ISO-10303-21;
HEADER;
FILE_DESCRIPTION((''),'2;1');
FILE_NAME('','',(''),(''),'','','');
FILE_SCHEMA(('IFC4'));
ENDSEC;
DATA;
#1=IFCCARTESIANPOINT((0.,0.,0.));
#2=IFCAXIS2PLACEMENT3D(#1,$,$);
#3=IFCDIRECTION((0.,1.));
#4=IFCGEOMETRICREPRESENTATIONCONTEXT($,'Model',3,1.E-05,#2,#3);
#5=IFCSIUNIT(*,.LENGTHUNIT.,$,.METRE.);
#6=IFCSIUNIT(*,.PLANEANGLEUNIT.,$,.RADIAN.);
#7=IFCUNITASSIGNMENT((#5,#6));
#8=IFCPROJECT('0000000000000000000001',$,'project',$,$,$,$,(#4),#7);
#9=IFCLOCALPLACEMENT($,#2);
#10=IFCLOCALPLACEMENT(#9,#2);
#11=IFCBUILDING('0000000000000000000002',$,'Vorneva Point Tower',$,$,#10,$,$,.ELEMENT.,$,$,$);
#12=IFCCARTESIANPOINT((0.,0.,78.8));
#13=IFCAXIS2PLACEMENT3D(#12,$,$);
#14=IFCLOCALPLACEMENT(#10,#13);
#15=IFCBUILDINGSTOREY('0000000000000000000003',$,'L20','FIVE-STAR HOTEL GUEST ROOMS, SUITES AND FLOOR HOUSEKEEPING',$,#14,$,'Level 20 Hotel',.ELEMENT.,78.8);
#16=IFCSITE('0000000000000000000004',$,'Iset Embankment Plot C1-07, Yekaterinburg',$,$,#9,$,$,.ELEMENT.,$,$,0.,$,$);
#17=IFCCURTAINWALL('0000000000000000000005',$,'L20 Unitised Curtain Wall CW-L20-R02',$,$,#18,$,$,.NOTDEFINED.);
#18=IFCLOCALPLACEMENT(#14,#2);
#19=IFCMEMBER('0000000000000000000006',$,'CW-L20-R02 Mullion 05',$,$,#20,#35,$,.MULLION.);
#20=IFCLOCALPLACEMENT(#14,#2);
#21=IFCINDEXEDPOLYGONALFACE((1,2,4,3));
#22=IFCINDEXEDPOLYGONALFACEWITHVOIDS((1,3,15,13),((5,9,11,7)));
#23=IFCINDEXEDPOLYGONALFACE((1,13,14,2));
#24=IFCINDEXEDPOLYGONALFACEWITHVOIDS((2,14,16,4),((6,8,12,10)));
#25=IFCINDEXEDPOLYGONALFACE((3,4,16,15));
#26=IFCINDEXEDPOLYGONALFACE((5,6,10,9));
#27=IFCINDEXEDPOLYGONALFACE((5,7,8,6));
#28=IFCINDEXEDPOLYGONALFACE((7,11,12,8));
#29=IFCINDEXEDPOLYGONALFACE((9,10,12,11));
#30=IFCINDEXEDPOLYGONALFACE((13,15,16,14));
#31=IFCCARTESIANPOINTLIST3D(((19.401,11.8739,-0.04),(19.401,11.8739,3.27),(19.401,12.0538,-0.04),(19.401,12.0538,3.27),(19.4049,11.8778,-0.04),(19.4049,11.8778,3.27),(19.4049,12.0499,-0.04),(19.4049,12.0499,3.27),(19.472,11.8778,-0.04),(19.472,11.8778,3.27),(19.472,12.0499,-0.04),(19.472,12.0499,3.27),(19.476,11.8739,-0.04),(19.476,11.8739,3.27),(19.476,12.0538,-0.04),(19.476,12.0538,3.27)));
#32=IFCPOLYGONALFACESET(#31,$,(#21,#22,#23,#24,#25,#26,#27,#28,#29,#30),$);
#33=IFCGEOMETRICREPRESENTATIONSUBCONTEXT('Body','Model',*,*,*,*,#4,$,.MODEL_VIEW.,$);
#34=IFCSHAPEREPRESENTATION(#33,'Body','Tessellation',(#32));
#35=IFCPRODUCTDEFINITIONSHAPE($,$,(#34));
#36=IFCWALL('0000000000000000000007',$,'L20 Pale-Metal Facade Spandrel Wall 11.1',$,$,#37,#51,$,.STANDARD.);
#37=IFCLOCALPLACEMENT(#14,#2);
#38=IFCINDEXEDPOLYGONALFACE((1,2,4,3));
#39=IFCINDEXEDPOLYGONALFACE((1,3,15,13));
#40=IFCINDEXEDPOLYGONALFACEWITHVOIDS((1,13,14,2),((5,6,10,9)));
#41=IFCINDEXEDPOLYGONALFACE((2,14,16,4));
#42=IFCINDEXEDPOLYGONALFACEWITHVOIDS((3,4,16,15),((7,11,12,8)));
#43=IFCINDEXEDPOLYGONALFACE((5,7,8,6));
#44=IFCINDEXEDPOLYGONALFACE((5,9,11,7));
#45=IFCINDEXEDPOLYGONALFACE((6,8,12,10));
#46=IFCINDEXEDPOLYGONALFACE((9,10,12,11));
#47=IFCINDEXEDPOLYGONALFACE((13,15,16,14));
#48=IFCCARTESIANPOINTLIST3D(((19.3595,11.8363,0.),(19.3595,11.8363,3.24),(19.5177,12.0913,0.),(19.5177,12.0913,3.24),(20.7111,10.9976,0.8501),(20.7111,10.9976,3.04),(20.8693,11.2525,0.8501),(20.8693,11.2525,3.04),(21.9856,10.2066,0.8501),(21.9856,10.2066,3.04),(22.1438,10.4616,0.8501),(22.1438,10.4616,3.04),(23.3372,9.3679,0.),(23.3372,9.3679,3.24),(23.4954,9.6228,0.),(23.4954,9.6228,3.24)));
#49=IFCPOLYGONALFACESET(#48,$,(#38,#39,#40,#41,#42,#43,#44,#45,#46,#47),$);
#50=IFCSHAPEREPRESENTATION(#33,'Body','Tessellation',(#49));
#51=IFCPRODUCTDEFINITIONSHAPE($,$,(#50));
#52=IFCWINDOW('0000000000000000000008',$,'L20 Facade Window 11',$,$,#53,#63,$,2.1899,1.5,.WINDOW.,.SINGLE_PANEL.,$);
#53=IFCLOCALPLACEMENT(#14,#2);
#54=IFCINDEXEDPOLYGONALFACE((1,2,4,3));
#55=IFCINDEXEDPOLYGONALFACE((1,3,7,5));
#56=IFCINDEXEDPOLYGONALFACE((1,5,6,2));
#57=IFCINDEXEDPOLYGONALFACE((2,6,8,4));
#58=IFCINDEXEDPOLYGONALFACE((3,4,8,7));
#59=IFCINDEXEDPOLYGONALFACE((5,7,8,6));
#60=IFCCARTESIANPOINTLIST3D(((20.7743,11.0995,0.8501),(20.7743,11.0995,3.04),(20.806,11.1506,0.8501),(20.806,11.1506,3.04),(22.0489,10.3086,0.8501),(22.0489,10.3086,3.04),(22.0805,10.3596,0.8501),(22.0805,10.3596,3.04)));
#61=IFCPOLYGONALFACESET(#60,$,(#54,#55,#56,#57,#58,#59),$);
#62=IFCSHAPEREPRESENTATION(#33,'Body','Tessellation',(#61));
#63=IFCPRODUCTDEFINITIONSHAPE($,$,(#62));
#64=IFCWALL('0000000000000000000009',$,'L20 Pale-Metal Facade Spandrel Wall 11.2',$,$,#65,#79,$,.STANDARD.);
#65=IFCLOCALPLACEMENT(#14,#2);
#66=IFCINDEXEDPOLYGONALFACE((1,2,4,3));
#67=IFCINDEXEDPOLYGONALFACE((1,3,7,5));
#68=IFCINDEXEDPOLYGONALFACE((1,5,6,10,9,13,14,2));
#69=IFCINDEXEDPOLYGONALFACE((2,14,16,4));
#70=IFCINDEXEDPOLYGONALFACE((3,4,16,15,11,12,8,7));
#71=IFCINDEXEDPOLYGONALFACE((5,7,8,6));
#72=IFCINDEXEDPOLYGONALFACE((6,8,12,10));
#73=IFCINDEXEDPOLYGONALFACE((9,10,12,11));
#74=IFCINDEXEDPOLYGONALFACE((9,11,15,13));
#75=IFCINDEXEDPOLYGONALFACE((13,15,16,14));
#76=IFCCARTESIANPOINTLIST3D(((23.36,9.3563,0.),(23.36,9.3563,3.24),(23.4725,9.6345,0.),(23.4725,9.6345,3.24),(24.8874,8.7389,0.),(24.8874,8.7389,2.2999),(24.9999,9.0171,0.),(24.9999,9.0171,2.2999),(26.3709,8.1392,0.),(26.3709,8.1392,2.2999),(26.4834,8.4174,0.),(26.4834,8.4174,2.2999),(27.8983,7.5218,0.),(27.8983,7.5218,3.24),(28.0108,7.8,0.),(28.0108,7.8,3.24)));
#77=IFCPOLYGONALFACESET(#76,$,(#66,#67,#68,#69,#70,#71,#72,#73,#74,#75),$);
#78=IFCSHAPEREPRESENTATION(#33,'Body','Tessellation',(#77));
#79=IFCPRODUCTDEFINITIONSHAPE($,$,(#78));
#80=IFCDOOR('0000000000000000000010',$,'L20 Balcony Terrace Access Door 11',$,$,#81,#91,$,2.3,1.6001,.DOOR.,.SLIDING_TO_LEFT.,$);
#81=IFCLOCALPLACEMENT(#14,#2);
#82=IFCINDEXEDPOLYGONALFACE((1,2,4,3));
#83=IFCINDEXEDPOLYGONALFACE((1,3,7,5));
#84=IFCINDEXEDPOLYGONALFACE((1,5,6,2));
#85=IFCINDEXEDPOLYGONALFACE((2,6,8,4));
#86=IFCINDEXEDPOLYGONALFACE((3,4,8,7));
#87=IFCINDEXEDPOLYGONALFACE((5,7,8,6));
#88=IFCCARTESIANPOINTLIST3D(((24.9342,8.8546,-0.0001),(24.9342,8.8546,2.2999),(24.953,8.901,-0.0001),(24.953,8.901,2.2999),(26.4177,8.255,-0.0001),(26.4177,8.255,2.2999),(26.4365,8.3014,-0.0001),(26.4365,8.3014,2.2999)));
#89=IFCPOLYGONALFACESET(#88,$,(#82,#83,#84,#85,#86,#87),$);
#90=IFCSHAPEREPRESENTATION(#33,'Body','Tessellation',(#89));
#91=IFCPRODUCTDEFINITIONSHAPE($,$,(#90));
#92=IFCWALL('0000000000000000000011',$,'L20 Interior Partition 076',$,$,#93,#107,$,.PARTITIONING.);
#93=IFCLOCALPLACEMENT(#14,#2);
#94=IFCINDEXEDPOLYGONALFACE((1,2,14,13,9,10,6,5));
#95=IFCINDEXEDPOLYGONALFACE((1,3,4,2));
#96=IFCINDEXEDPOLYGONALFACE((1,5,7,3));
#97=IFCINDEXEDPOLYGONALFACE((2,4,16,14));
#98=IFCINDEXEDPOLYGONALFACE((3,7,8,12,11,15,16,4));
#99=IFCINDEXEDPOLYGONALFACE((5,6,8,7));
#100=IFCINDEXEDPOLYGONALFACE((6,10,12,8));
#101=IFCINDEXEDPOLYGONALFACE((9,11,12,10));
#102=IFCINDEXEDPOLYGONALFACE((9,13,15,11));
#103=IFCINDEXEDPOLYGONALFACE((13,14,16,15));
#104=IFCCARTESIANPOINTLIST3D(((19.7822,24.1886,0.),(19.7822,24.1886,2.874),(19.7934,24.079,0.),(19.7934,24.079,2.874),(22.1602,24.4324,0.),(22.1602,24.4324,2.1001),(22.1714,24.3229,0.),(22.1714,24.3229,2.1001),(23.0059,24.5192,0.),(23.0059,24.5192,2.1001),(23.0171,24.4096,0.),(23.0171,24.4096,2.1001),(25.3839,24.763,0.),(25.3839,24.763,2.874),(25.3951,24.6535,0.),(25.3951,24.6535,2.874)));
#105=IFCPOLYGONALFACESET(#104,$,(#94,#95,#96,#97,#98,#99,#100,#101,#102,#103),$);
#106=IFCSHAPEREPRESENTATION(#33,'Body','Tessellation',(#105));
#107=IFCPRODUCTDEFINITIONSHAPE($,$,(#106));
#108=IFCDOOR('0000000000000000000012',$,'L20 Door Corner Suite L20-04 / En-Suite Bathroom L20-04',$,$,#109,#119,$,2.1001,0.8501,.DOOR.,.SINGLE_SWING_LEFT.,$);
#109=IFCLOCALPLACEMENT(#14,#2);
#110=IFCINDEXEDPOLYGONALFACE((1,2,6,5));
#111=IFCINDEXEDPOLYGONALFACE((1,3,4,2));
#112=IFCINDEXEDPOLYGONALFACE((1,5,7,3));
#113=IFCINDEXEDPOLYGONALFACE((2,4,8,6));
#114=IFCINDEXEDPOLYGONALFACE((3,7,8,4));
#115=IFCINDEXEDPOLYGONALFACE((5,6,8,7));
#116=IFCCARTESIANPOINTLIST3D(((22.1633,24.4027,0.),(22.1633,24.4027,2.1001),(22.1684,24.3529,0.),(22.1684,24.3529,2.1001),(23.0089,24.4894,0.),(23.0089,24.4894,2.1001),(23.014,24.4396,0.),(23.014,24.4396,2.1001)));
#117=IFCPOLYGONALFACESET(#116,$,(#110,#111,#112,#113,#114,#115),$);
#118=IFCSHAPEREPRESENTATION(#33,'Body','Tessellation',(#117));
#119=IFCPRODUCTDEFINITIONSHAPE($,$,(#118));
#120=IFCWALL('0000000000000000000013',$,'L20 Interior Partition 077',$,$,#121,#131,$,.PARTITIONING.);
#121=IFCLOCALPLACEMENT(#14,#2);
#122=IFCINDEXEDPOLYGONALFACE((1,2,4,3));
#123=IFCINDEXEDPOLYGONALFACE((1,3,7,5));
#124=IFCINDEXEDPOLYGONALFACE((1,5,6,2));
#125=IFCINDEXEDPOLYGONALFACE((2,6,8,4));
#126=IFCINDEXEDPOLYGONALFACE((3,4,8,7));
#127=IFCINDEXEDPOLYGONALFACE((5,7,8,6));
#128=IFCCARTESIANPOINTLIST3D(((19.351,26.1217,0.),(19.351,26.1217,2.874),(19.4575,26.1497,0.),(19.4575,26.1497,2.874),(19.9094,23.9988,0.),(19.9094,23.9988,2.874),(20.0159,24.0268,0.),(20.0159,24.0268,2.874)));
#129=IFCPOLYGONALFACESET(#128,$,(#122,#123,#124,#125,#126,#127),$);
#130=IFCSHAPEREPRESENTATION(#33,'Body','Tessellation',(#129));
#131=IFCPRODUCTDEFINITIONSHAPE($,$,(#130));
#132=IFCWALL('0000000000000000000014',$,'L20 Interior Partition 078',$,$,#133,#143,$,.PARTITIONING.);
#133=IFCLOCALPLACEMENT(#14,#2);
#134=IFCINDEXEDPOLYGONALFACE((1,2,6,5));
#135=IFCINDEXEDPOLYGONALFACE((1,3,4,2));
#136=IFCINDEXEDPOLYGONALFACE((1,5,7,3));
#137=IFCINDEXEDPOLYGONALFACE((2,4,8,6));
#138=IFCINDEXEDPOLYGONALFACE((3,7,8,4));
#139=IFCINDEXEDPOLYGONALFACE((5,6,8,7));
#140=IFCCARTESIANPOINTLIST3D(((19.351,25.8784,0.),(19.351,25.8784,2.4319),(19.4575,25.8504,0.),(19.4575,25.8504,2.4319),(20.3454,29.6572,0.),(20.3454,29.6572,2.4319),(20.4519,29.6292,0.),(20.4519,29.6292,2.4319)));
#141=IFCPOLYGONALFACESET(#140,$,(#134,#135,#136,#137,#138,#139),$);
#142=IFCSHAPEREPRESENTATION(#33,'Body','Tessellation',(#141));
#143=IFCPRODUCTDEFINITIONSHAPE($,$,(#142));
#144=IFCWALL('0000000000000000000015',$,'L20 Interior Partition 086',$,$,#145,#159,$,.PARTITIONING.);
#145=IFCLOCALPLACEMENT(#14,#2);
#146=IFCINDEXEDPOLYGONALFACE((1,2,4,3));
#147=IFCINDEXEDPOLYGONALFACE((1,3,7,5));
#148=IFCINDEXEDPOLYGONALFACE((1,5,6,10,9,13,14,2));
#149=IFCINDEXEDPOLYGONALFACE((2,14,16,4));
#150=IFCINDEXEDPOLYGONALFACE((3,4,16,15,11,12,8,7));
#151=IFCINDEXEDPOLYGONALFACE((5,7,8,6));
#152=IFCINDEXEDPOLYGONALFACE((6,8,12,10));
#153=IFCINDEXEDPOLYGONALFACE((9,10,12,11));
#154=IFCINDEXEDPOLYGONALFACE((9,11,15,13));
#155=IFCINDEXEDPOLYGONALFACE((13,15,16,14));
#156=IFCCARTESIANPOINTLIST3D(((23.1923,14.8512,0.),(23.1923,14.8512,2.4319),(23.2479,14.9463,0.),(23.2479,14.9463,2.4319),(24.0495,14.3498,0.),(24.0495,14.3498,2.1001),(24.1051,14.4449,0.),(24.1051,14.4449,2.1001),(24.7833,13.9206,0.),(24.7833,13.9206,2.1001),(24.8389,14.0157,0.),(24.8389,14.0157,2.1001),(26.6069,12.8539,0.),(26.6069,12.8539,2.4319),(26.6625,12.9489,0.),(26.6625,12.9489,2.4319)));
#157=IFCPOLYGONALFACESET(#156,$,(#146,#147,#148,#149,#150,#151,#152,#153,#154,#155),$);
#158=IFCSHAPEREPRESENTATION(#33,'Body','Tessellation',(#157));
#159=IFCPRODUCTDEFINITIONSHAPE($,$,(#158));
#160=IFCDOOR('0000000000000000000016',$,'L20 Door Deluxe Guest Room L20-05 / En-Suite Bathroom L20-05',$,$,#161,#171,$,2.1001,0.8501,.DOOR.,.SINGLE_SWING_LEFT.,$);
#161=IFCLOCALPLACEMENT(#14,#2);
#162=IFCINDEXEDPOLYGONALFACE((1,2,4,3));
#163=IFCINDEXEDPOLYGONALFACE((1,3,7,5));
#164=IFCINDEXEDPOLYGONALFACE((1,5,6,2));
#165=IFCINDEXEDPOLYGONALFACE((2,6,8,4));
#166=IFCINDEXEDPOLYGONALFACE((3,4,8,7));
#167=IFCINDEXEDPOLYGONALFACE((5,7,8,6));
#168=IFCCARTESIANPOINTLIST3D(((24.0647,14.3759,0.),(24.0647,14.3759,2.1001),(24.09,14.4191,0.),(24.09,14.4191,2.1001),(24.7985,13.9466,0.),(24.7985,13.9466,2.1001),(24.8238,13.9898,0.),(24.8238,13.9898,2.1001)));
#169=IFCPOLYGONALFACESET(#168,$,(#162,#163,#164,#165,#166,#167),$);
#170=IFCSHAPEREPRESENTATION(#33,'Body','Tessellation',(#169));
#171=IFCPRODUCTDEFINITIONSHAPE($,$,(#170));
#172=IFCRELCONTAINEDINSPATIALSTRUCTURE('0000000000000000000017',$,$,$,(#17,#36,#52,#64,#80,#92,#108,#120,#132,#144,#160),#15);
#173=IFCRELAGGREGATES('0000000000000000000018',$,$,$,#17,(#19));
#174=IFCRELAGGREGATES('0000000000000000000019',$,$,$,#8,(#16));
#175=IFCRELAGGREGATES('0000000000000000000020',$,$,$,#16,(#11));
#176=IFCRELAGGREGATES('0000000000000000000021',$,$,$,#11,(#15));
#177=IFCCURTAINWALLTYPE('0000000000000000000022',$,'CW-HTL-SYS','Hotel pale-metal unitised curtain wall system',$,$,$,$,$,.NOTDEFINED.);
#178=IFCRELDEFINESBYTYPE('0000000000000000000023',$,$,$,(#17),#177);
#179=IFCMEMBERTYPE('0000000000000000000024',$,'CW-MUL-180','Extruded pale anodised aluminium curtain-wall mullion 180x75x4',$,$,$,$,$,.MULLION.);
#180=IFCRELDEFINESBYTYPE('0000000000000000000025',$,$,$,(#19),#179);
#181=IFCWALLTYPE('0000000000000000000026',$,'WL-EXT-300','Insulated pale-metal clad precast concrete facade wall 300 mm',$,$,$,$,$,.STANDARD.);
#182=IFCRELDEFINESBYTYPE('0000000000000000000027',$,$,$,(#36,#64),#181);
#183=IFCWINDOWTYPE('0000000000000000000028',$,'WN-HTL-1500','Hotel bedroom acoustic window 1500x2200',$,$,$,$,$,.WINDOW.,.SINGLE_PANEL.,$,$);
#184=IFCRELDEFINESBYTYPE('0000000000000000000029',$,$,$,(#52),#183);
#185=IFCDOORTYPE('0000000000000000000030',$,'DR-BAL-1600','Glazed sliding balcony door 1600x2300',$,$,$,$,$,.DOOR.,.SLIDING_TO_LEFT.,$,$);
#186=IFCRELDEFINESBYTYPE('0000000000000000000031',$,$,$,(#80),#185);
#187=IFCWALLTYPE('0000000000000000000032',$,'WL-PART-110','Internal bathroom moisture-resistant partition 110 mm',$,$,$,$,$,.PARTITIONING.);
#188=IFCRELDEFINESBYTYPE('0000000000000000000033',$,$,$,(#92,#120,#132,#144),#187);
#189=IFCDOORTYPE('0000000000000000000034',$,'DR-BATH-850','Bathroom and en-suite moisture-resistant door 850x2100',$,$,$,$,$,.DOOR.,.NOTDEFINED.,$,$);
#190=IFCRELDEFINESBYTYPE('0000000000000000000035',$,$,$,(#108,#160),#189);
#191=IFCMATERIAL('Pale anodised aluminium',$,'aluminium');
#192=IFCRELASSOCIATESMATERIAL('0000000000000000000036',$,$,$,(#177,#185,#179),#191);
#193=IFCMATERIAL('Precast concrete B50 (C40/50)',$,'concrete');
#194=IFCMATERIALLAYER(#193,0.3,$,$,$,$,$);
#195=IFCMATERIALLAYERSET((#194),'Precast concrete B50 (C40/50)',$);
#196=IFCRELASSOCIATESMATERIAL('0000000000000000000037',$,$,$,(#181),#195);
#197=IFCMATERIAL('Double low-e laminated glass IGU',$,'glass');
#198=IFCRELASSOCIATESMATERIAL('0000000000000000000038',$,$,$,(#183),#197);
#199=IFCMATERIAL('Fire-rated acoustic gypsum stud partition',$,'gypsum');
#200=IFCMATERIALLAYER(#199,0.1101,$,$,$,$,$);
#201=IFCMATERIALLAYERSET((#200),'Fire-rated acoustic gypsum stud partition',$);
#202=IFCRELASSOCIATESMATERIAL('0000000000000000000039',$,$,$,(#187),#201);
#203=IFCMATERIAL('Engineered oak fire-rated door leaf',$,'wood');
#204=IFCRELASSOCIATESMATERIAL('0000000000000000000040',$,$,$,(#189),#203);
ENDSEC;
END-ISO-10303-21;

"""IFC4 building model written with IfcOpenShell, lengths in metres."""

from ifc_helpers import new_model, si_unit, direction, frame, frame_2d, origin, origin_2d, place, context, subcontext, project, spatial, rectangle, hollow_rectangle, extrude, material, layer, layer_set, material_profile, profile_set, type_object, element, fill, aggregate, save


model = new_model("IFC4")

# Units and contexts
model_context = context("Model", 3, precision=1e-05, world=origin(), true_north=direction((0.0, 1.0)))
body_context = subcontext(model_context, "Body", "Model", "MODEL_VIEW")
ifc_project = project(units=[si_unit("LENGTHUNIT", "METRE"), si_unit("PLANEANGLEUNIT", "RADIAN")], contexts=[model_context])

# Site, building, storey
site_placement = place(None, origin())
site = spatial("IfcSite", under=ifc_project, at=site_placement, Name="Iset Embankment Plot C1-07, Yekaterinburg", CompositionType="ELEMENT", RefElevation=0.0)
building_placement = place(site_placement, origin())
building = spatial("IfcBuilding", under=site, at=building_placement, Name="Vorneva Point Tower", CompositionType="ELEMENT")
storey_placement = place(building_placement, frame((0.0, 0.0, 78.8)))
storey = spatial("IfcBuildingStorey", under=building, at=storey_placement, Name="L20", Description="FIVE-STAR HOTEL GUEST ROOMS, SUITES AND FLOOR HOUSEKEEPING", LongName="Level 20 Hotel", CompositionType="ELEMENT", Elevation=78.8)

# Curtain wall, member
ifc_material_1 = material(Name="Pale anodised aluminium", Category="aluminium")
curtain_wall_type = type_object("IfcCurtainWallType", Name="CW-HTL-SYS", Description="Hotel pale-metal unitised curtain wall system", PredefinedType="NOTDEFINED", material=ifc_material_1)
curtain_wall_placement = place(storey_placement, origin())
curtain_wall = element("IfcCurtainWall", 1, at=curtain_wall_placement, inside=storey, type_object=curtain_wall_type, Name="L20 Unitised Curtain Wall CW-L20-R02", PredefinedType="NOTDEFINED")
ifc_material_profile_1 = material_profile(ifc_material_1, hollow_rectangle(XDim=0.075, YDim=0.1799, WallThickness=0.0039, at=origin_2d()), Name="AL-MUL 180x75x4")
ifc_profile_set_1 = profile_set([ifc_material_profile_1], Name="Pale anodised aluminium")
member_type = type_object("IfcMemberType", Name="CW-MUL-180", Description="Extruded pale anodised aluminium curtain-wall mullion 180x75x4", PredefinedType="MULLION", material=ifc_profile_set_1)
member_placement = place(storey_placement, frame((19.4385, 11.9639, -0.04), z_axis=(0.0, 0.0, 1.0), x_axis=(1.0, 0.0, 0.0)))
member = element("IfcMember", 2, at=member_placement, type_object=member_type, Name="CW-L20-R02 Mullion 05", PredefinedType="MULLION", context=body_context, shape_type="SweptSolid", body=[
    extrude(hollow_rectangle(XDim=0.075, YDim=0.1799, WallThickness=0.0039, at=origin_2d()), origin(), (0.0, 0.0, 1.0), 3.3101),
])
aggregate(curtain_wall, [member])

# Wall, opening, window
ifc_material_2 = material(Name="Precast concrete B50 (C40/50)", Category="concrete")
ifc_layer_1 = layer(ifc_material_2, 0.3)
ifc_layer_set_1 = layer_set([ifc_layer_1], Name="Precast concrete B50 (C40/50)")
wall_type_1 = type_object("IfcWallType", Name="WL-EXT-300", Description="Insulated pale-metal clad precast concrete facade wall 300 mm", PredefinedType="STANDARD", material=ifc_layer_set_1)
wall_1_placement = place(storey_placement, frame((19.4385, 11.9639, 0.0), z_axis=(0.0, 0.0, 1.0), x_axis=(0.849684, -0.527291, 0.0)))
wall_1 = element("IfcWall", 3, at=wall_1_placement, inside=storey, type_object=wall_type_1, Name="L20 Pale-Metal Facade Spandrel Wall 11.1", PredefinedType="STANDARD", context=body_context, shape_type="SweptSolid", body=[
    extrude(rectangle(XDim=4.6814, YDim=0.3, at=frame_2d((2.3408, 0.0))), origin(), (0.0, 0.0, 1.0), 3.24),
])
opening_1_placement = place(wall_1_placement, frame((1.5908, 0.0, 0.8501)))
opening_1 = element("IfcOpeningElement", 4, at=opening_1_placement, cuts=wall_1, PredefinedType="OPENING", context=body_context, shape_type="SweptSolid", body=[
    extrude(rectangle(XDim=1.5, YDim=2.1899, at=frame_2d((0.75, 1.095))), frame((0.0, 0.165, 0.0), z_axis=(0.0, -1.0, 0.0), x_axis=(1.0, 0.0, 0.0)), (0.0, 0.0, 1.0), 0.3298),
])
ifc_material_3 = material(Name="Double low-e laminated glass IGU", Category="glass")
window_type = type_object("IfcWindowType", Name="WN-HTL-1500", Description="Hotel bedroom acoustic window 1500x2200", PartitioningType="SINGLE_PANEL", PredefinedType="WINDOW", material=ifc_material_3)
window_placement = place(opening_1_placement, origin())
window = element("IfcWindow", 5, at=window_placement, inside=storey, type_object=window_type, Name="L20 Facade Window 11", OverallHeight=2.1899, OverallWidth=1.5, PartitioningType="SINGLE_PANEL", PredefinedType="WINDOW", context=body_context, shape_type="SweptSolid", body=[
    extrude(rectangle(XDim=1.5, YDim=2.1899, at=frame_2d((0.75, 1.095))), frame((0.0, 0.03, 0.0), z_axis=(0.0, -1.0, 0.0), x_axis=(1.0, 0.0, 0.0)), (0.0, 0.0, 1.0), 0.0601),
])
fill(opening_1, window)

# Walls, openings, doors
wall_2_placement = place(storey_placement, frame((23.4163, 9.4954, 0.0), z_axis=(0.0, 0.0, 1.0), x_axis=(0.927122, -0.374759, 0.0)))
wall_2 = element("IfcWall", 6, at=wall_2_placement, inside=storey, type_object=wall_type_1, Name="L20 Pale-Metal Facade Spandrel Wall 11.2", PredefinedType="STANDARD", context=body_context, shape_type="SweptSolid", body=[
    extrude(rectangle(XDim=4.895, YDim=0.3, at=frame_2d((2.4475, 0.0))), origin(), (0.0, 0.0, 1.0), 3.24),
])
opening_2_placement = place(wall_2_placement, frame((1.6475, 0.0, 0.0)))
opening_2 = element("IfcOpeningElement", 7, at=opening_2_placement, cuts=wall_2, PredefinedType="OPENING", context=body_context, shape_type="SweptSolid", body=[
    extrude(rectangle(XDim=1.6001, YDim=2.3, at=frame_2d((0.8, 1.1499))), frame((0.0, 0.165, 0.0), z_axis=(0.0, -1.0, 0.0), x_axis=(1.0, 0.0, 0.0)), (0.0, 0.0, 1.0), 0.3298),
])
door_type_1 = type_object("IfcDoorType", Name="DR-BAL-1600", Description="Glazed sliding balcony door 1600x2300", OperationType="SLIDING_TO_LEFT", PredefinedType="DOOR", material=ifc_material_1)
door_1_placement = place(opening_2_placement, origin())
door_1 = element("IfcDoor", 8, at=door_1_placement, inside=storey, type_object=door_type_1, Name="L20 Balcony Terrace Access Door 11", OperationType="SLIDING_TO_LEFT", OverallHeight=2.3, OverallWidth=1.6001, PredefinedType="DOOR", context=body_context, shape_type="SweptSolid", body=[
    extrude(rectangle(XDim=1.6001, YDim=2.3, at=frame_2d((0.8, 1.1499))), frame((0.0, 0.0249, 0.0), z_axis=(0.0, -1.0, 0.0), x_axis=(1.0, 0.0, 0.0)), (0.0, 0.0, 1.0), 0.05),
])
fill(opening_2, door_1)
ifc_material_4 = material(Name="Fire-rated acoustic gypsum stud partition", Category="gypsum")
ifc_layer_2 = layer(ifc_material_4, 0.1101)
ifc_layer_set_2 = layer_set([ifc_layer_2], Name="Fire-rated acoustic gypsum stud partition")
wall_type_2 = type_object("IfcWallType", Name="WL-PART-110", Description="Internal bathroom moisture-resistant partition 110 mm", PredefinedType="PARTITIONING", material=ifc_layer_set_2)
wall_3_placement = place(storey_placement, frame((25.3894, 24.7083, 0.0), z_axis=(0.0, 0.0, 1.0), x_axis=(-0.994783, -0.102015, 0.0)))
wall_3 = element("IfcWall", 9, at=wall_3_placement, inside=storey, type_object=wall_type_2, Name="L20 Interior Partition 076", PredefinedType="PARTITIONING", context=body_context, shape_type="SweptSolid", body=[
    extrude(rectangle(XDim=5.6311, YDim=0.1101, at=frame_2d((2.8154, 0.0))), origin(), (0.0, 0.0, 1.0), 2.874),
])
opening_3_placement = place(wall_3_placement, frame((2.3904, 0.0, 0.0)))
opening_3 = element("IfcOpeningElement", 10, at=opening_3_placement, cuts=wall_3, PredefinedType="OPENING", context=body_context, shape_type="SweptSolid", body=[
    extrude(rectangle(XDim=0.8501, YDim=2.1001, at=frame_2d((0.425, 1.05))), frame((0.0, 0.0698, 0.0), z_axis=(0.0, -1.0, 0.0), x_axis=(1.0, 0.0, 0.0)), (0.0, 0.0, 1.0), 0.1399),
])
ifc_material_5 = material(Name="Engineered oak fire-rated door leaf", Category="wood")
door_type_2 = type_object("IfcDoorType", Name="DR-BATH-850", Description="Bathroom and en-suite moisture-resistant door 850x2100", OperationType="NOTDEFINED", PredefinedType="DOOR", material=ifc_material_5)
door_2_placement = place(opening_3_placement, origin())
door_2 = element("IfcDoor", 11, at=door_2_placement, inside=storey, type_object=door_type_2, Name="L20 Door Corner Suite L20-04 / En-Suite Bathroom L20-04", OperationType="SINGLE_SWING_LEFT", OverallHeight=2.1001, OverallWidth=0.8501, PredefinedType="DOOR", context=body_context, shape_type="SweptSolid", body=[
    extrude(rectangle(XDim=0.8501, YDim=2.1001, at=frame_2d((0.425, 1.05))), frame((0.0, 0.0249, 0.0), z_axis=(0.0, -1.0, 0.0), x_axis=(1.0, 0.0, 0.0)), (0.0, 0.0, 1.0), 0.05),
])
fill(opening_3, door_2)

# Walls
wall_4_placement = place(storey_placement, frame((19.9626, 24.0127, 0.0), z_axis=(0.0, 0.0, 1.0), x_axis=(-0.254373, 0.967106, 0.0)))
element("IfcWall", 12, at=wall_4_placement, inside=storey, type_object=wall_type_2, Name="L20 Interior Partition 077", PredefinedType="PARTITIONING", context=body_context, shape_type="SweptSolid", body=[
    extrude(rectangle(XDim=2.1951, YDim=0.1101, at=frame_2d((1.0977, 0.0))), origin(), (0.0, 0.0, 1.0), 2.874),
])
wall_5_placement = place(storey_placement, frame((19.4043, 25.8645, 0.0), z_axis=(0.0, 0.0, 1.0), x_axis=(0.254484, 0.967077, 0.0)))
element("IfcWall", 13, at=wall_5_placement, inside=storey, type_object=wall_type_2, Name="L20 Interior Partition 078", PredefinedType="PARTITIONING", context=body_context, shape_type="SweptSolid", body=[
    extrude(rectangle(XDim=3.9075, YDim=0.1101, at=frame_2d((1.9536, 0.0))), origin(), (0.0, 0.0, 1.0), 2.4319),
])

# Wall, opening, door
wall_6_placement = place(storey_placement, frame((26.6348, 12.9014, 0.0), z_axis=(0.0, 0.0, 1.0), x_axis=(-0.863174, 0.504907, 0.0)))
wall_6 = element("IfcWall", 14, at=wall_6_placement, inside=storey, type_object=wall_type_2, Name="L20 Interior Partition 086", PredefinedType="PARTITIONING", context=body_context, shape_type="SweptSolid", body=[
    extrude(rectangle(XDim=3.9558, YDim=0.1101, at=frame_2d((1.978, 0.0))), origin(), (0.0, 0.0, 1.0), 2.4319),
])
opening_4_placement = place(wall_6_placement, frame((2.1128, 0.0, 0.0)))
opening_4 = element("IfcOpeningElement", 15, at=opening_4_placement, cuts=wall_6, PredefinedType="OPENING", context=body_context, shape_type="SweptSolid", body=[
    extrude(rectangle(XDim=0.8501, YDim=2.1001, at=frame_2d((0.425, 1.05))), frame((0.0, 0.0698, 0.0), z_axis=(0.0, -1.0, 0.0), x_axis=(1.0, 0.0, 0.0)), (0.0, 0.0, 1.0), 0.1399),
])
door_3_placement = place(opening_4_placement, origin())
door_3 = element("IfcDoor", 16, at=door_3_placement, inside=storey, type_object=door_type_2, Name="L20 Door Deluxe Guest Room L20-05 / En-Suite Bathroom L20-05", OperationType="SINGLE_SWING_LEFT", OverallHeight=2.1001, OverallWidth=0.8501, PredefinedType="DOOR", context=body_context, shape_type="SweptSolid", body=[
    extrude(rectangle(XDim=0.8501, YDim=2.1001, at=frame_2d((0.425, 1.05))), frame((0.0, 0.0249, 0.0), z_axis=(0.0, -1.0, 0.0), x_axis=(1.0, 0.0, 0.0)), (0.0, 0.0, 1.0), 0.05),
])
fill(opening_4, door_3)

save(model, "model.ifc")
